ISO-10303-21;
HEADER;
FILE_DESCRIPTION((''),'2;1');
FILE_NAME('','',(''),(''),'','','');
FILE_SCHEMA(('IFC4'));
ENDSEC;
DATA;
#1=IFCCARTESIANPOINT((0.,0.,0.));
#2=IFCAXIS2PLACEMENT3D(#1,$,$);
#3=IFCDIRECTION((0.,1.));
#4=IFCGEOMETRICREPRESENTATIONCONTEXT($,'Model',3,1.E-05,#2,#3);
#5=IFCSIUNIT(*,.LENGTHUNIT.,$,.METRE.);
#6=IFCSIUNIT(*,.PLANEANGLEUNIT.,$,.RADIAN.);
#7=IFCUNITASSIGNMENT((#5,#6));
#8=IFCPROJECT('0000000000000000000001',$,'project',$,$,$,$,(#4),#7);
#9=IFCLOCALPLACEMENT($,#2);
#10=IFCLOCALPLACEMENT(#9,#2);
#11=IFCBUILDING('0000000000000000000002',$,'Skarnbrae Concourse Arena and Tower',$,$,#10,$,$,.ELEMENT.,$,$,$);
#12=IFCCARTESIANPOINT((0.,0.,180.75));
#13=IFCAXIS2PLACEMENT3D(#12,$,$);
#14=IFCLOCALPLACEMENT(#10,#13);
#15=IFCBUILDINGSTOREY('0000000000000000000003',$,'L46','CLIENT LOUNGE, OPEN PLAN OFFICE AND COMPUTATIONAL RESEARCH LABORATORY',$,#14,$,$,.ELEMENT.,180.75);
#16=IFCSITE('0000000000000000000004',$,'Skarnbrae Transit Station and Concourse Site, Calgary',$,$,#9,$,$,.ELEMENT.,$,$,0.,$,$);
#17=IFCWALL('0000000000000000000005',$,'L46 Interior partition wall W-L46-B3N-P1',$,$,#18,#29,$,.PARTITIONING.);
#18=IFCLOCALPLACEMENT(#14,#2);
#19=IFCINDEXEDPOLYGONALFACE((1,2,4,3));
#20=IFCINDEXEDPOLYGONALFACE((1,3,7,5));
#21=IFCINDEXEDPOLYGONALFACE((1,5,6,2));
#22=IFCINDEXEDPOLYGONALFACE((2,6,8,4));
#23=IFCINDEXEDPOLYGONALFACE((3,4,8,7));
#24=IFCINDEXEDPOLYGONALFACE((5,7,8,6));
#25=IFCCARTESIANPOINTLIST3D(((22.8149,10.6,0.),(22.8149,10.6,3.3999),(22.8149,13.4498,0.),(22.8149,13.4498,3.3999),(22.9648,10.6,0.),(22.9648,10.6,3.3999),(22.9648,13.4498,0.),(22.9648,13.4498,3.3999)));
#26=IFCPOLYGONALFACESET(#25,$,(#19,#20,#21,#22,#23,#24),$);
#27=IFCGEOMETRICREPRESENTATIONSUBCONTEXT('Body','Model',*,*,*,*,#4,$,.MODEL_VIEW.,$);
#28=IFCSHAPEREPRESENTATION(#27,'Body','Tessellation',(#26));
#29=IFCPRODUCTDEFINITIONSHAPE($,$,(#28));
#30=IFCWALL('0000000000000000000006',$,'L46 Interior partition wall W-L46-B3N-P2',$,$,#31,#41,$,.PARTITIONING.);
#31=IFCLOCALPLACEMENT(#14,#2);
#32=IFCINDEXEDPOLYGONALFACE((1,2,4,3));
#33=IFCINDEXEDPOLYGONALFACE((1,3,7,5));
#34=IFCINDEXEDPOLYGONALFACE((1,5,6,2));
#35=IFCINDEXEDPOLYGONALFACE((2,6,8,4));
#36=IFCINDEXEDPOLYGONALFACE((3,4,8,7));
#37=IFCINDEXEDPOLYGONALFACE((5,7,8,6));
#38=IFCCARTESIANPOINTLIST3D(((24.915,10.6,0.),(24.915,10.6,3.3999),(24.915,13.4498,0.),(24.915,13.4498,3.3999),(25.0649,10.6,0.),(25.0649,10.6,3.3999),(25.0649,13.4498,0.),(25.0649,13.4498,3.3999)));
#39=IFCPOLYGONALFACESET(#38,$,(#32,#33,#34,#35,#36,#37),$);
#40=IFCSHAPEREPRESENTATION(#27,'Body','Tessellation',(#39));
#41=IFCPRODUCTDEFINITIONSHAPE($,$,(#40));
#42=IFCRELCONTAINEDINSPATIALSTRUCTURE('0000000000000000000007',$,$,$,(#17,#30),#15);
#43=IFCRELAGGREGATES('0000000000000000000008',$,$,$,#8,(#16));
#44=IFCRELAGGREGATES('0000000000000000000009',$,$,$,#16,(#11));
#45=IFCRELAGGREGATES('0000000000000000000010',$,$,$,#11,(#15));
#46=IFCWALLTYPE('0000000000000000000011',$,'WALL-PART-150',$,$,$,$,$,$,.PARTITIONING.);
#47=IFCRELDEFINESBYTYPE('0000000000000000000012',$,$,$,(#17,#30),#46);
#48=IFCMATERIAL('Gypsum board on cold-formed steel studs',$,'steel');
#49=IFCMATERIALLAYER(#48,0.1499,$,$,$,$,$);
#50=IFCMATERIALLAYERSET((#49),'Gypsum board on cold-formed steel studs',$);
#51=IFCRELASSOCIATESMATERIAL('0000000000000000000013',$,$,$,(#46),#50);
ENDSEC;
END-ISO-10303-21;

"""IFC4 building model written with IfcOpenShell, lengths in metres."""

from ifc_helpers import new_model, si_unit, direction, frame, frame_2d, origin, place, context, subcontext, project, spatial, rectangle, extrude, source, transform, mapped, material, layer, layer_set, type_object, element, save


model = new_model("IFC4")

# Units and contexts
model_context = context("Model", 3, precision=1e-05, world=origin(), true_north=direction((0.0, 1.0)))
body_context = subcontext(model_context, "Body", "Model", "MODEL_VIEW")
ifc_project = project(units=[si_unit("LENGTHUNIT", "METRE"), si_unit("PLANEANGLEUNIT", "RADIAN")], contexts=[model_context])

# Site, building, storey
site_placement = place(None, origin())
site = spatial("IfcSite", under=ifc_project, at=site_placement, Name="Skarnbrae Transit Station and Concourse Site, Calgary", CompositionType="ELEMENT", RefElevation=0.0)
building_placement = place(site_placement, origin())
building = spatial("IfcBuilding", under=site, at=building_placement, Name="Skarnbrae Concourse Arena and Tower", CompositionType="ELEMENT")
storey_placement = place(building_placement, frame((0.0, 0.0, 180.75)))
storey = spatial("IfcBuildingStorey", under=building, at=storey_placement, Name="L46", Description="CLIENT LOUNGE, OPEN PLAN OFFICE AND COMPUTATIONAL RESEARCH LABORATORY", CompositionType="ELEMENT", Elevation=180.75)

# Shared definitions
ifc_material_1 = material(Name="Gypsum board on cold-formed steel studs", Category="steel")

# Walls
ifc_layer_1 = layer(ifc_material_1, 0.1499)
ifc_layer_set_1 = layer_set([ifc_layer_1], Name="Gypsum board on cold-formed steel studs")
wall_type_1 = type_object("IfcWallType", Name="WALL-PART-150", PredefinedType="PARTITIONING", material=ifc_layer_set_1)
shared_shape_1 = source(origin(), body_context, "Body", "SweptSolid", [
    extrude(rectangle(XDim=2.8499, YDim=0.1499, at=frame_2d((1.4248, 0.0))), origin(), (0.0, 0.0, 1.0), 3.3999),
])
for number, where, z_axis, x_axis, name in (
    (1, (22.8899, 10.6001, 0.0), (0.0, 0.0, 1.0), (0.0, 1.0, 0.0), "L46 Interior partition wall W-L46-B3N-P1"),
    (2, (24.99, 10.6001, 0.0), (0.0, 0.0, 1.0), (0.0, 1.0, 0.0), "L46 Interior partition wall W-L46-B3N-P2"),
):
    element("IfcWall", number, at=place(storey_placement, frame(where, z_axis=z_axis, x_axis=x_axis)), inside=storey, type_object=wall_type_1, Name=name, PredefinedType="PARTITIONING", context=body_context, shape_type="MappedRepresentation", body=[
        mapped(shared_shape_1, transform((0.0, 0.0, 0.0))),
    ])

save(model, "model.ifc")
